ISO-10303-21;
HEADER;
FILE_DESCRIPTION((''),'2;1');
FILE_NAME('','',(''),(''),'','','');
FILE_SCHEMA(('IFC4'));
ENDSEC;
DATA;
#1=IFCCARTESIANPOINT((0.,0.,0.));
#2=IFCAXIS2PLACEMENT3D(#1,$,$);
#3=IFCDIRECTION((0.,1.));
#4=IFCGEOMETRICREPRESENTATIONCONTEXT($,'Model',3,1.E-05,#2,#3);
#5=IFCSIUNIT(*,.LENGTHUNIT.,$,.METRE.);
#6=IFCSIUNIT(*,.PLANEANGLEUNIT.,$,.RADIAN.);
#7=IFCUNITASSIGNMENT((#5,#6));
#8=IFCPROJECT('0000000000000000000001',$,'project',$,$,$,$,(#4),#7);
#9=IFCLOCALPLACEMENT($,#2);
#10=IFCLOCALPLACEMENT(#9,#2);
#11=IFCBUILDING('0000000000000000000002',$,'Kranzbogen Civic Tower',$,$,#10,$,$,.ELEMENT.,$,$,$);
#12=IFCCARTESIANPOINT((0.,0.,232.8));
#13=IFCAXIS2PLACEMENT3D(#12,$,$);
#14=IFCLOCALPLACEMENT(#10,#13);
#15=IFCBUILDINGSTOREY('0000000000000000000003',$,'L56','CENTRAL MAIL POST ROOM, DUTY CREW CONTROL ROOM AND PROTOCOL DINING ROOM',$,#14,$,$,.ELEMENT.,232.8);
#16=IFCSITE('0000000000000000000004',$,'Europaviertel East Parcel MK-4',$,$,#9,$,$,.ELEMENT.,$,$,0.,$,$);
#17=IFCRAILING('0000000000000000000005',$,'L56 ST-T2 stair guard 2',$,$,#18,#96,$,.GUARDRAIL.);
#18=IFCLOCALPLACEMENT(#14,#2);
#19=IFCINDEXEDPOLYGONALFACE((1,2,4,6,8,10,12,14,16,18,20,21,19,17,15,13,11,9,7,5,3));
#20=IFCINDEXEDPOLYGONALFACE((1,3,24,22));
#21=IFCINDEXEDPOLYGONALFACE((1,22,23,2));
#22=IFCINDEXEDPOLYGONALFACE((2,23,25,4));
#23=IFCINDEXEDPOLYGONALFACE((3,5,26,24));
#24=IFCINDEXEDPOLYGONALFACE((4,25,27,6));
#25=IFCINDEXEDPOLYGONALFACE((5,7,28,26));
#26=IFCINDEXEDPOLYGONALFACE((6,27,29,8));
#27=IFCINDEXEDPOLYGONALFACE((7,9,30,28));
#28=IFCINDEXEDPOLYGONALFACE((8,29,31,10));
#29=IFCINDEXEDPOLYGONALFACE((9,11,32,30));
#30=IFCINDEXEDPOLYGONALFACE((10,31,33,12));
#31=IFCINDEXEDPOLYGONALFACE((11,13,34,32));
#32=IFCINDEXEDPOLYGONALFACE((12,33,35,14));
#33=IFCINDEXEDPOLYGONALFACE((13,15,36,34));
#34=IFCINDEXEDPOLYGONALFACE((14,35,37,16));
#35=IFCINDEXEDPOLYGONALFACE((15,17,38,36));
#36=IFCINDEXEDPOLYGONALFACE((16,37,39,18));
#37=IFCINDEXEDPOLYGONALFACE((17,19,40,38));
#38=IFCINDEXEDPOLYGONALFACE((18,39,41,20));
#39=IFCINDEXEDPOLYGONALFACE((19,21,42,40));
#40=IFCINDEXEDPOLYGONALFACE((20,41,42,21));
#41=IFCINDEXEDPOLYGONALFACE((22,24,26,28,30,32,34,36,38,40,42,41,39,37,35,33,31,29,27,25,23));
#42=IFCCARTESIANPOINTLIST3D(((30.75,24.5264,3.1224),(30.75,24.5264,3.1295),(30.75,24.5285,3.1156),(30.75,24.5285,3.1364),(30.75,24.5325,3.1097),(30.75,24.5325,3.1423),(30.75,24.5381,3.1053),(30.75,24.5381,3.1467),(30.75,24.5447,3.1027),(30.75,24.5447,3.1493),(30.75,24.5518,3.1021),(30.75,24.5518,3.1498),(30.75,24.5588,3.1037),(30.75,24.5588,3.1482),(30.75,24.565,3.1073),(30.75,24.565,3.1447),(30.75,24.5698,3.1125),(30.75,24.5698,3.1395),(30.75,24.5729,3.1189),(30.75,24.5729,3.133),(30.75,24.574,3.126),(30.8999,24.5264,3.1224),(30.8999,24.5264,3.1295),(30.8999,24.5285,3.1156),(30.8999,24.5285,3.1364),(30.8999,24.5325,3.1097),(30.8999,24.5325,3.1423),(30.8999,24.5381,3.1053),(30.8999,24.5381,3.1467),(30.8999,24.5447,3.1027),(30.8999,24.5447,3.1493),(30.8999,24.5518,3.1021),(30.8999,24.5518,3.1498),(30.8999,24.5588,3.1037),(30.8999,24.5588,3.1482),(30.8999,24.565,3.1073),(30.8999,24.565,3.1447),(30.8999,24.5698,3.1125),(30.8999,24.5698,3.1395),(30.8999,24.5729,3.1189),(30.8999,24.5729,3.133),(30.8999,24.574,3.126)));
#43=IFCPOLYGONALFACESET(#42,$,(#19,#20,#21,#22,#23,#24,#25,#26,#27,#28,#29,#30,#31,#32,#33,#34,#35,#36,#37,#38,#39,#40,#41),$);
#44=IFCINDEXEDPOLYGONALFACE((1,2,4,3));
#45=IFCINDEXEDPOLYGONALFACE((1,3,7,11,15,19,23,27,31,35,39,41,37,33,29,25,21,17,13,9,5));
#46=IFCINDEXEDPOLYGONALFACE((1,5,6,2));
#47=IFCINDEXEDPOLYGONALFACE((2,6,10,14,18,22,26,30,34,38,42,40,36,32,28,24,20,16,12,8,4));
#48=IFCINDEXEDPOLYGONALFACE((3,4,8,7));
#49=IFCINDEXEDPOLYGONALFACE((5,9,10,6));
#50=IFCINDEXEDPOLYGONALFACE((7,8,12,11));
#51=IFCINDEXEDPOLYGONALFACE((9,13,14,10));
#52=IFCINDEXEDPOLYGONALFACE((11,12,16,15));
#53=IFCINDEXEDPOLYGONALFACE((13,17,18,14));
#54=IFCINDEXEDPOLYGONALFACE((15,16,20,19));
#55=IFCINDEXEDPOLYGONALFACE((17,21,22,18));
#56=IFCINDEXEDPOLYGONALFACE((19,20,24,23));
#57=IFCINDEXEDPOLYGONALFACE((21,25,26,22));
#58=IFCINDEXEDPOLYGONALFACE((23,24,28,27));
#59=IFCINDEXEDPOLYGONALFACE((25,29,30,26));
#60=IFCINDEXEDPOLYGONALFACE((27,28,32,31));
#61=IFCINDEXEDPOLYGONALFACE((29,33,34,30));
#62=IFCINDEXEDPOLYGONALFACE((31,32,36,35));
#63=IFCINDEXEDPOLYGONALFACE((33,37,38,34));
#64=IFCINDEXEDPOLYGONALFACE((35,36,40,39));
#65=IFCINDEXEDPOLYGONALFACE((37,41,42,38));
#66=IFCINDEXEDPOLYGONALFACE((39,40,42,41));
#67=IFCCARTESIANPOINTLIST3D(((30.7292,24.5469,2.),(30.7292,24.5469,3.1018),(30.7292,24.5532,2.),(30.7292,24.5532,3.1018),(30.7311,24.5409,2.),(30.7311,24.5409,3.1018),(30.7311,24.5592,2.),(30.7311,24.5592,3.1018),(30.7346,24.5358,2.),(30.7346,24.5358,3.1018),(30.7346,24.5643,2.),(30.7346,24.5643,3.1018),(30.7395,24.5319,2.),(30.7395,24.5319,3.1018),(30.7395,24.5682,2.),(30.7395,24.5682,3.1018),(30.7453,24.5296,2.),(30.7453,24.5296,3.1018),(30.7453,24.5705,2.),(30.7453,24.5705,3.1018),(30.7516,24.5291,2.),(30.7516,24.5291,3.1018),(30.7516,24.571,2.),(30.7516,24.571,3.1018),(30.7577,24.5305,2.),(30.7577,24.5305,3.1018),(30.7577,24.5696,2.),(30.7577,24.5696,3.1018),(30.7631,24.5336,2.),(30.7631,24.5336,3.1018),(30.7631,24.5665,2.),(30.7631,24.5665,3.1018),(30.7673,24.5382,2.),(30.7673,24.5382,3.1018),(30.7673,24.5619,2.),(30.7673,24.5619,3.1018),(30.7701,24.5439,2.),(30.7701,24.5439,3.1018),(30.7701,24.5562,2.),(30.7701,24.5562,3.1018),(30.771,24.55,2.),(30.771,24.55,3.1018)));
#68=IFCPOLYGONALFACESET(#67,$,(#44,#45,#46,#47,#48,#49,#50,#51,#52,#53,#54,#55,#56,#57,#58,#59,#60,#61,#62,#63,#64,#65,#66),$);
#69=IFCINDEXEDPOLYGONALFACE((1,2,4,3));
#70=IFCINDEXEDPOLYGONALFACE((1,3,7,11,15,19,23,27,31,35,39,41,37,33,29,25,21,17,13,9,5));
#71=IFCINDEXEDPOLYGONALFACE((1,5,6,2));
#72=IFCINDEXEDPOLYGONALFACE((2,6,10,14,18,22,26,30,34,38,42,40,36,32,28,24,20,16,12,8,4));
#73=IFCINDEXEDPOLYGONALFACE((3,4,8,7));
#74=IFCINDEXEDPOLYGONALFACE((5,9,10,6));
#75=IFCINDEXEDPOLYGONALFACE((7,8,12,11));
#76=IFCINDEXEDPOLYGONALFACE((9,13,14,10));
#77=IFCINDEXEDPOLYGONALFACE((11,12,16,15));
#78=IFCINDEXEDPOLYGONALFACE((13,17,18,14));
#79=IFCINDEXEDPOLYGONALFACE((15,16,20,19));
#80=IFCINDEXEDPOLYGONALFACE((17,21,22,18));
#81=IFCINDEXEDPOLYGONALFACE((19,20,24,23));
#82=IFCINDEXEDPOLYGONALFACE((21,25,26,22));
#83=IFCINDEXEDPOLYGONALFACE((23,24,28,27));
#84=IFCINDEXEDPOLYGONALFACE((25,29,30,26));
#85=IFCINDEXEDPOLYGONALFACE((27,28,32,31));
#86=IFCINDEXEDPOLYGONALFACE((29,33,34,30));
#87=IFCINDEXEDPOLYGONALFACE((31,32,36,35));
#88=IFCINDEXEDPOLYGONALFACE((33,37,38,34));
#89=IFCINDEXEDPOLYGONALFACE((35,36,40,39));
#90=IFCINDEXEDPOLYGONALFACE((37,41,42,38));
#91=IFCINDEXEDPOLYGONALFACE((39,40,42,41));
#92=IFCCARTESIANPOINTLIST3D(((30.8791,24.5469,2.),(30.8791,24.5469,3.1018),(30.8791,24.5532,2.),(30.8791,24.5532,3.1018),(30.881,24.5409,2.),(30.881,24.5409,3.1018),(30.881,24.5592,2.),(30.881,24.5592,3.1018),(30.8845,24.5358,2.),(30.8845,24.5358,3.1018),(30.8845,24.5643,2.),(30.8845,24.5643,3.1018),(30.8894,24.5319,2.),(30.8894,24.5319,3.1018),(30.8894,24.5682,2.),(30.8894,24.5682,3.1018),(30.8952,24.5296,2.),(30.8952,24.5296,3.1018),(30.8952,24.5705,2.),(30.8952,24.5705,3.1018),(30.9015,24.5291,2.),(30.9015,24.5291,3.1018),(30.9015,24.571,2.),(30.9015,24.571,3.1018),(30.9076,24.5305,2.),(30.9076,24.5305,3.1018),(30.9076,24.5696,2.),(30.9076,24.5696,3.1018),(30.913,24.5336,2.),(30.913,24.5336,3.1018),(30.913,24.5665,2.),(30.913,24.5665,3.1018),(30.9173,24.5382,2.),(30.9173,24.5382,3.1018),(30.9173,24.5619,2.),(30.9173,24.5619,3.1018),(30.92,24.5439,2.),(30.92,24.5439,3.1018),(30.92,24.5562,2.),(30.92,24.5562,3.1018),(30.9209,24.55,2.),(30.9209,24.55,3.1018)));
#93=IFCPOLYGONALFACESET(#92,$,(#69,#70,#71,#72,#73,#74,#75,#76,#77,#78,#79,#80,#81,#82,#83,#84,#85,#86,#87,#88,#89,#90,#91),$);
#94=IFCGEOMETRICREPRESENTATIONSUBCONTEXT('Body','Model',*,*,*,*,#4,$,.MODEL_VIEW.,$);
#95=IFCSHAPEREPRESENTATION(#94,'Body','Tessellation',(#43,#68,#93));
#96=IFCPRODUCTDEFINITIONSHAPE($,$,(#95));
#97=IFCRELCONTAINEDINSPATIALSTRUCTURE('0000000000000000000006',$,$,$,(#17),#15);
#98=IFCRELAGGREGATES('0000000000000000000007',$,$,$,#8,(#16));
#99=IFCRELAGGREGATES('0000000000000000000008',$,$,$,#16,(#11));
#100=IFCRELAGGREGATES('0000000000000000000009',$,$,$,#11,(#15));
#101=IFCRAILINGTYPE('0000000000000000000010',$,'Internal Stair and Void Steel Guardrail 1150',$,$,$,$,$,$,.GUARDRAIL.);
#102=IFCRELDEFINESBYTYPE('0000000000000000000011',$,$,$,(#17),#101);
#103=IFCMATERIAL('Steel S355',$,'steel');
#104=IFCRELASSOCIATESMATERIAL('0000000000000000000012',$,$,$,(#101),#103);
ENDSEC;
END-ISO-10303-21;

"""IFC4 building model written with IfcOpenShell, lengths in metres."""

from ifc_helpers import new_model, si_unit, direction, frame, origin, origin_2d, place, context, subcontext, project, spatial, circle, extrude, material, type_object, element, save


model = new_model("IFC4")

# Units and contexts
model_context = context("Model", 3, precision=1e-05, world=origin(), true_north=direction((0.0, 1.0)))
body_context = subcontext(model_context, "Body", "Model", "MODEL_VIEW")
ifc_project = project(units=[si_unit("LENGTHUNIT", "METRE"), si_unit("PLANEANGLEUNIT", "RADIAN")], contexts=[model_context])

# Site, building, storey
site_placement = place(None, origin())
site = spatial("IfcSite", under=ifc_project, at=site_placement, Name="Europaviertel East Parcel MK-4", CompositionType="ELEMENT", RefElevation=0.0)
building_placement = place(site_placement, origin())
building = spatial("IfcBuilding", under=site, at=building_placement, Name="Kranzbogen Civic Tower", CompositionType="ELEMENT")
storey_placement = place(building_placement, frame((0.0, 0.0, 232.8)))
storey = spatial("IfcBuildingStorey", under=building, at=storey_placement, Name="L56", Description="CENTRAL MAIL POST ROOM, DUTY CREW CONTROL ROOM AND PROTOCOL DINING ROOM", CompositionType="ELEMENT", Elevation=232.8)

# Shared definitions
ifc_material_1 = material(Name="Steel S355", Category="steel")

# Railing
railing_type_1 = type_object("IfcRailingType", Name="Internal Stair and Void Steel Guardrail 1150", PredefinedType="GUARDRAIL", material=ifc_material_1)
railing_1_placement = place(storey_placement, frame((30.75, 24.55, 2.0)))
element("IfcRailing", 1, at=railing_1_placement, inside=storey, type_object=railing_type_1, Name="L56 ST-T2 stair guard 2", PredefinedType="GUARDRAIL", context=body_context, shape_type="SweptSolid", body=[
    extrude(circle(Radius=0.0239, at=origin_2d()), frame((0.0, 0.0, 1.126), z_axis=(1.0, 0.0, 0.0), x_axis=(0.0, 1.0, 0.0)), (0.0, 0.0, 1.0), 0.1499),
    extrude(circle(Radius=0.021, at=origin_2d()), origin(), (0.0, 0.0, 1.0), 1.1018),
    extrude(circle(Radius=0.021, at=origin_2d()), frame((0.1499, 0.0, 0.0)), (0.0, 0.0, 1.0), 1.1018),
])

save(model, "model.ifc")
